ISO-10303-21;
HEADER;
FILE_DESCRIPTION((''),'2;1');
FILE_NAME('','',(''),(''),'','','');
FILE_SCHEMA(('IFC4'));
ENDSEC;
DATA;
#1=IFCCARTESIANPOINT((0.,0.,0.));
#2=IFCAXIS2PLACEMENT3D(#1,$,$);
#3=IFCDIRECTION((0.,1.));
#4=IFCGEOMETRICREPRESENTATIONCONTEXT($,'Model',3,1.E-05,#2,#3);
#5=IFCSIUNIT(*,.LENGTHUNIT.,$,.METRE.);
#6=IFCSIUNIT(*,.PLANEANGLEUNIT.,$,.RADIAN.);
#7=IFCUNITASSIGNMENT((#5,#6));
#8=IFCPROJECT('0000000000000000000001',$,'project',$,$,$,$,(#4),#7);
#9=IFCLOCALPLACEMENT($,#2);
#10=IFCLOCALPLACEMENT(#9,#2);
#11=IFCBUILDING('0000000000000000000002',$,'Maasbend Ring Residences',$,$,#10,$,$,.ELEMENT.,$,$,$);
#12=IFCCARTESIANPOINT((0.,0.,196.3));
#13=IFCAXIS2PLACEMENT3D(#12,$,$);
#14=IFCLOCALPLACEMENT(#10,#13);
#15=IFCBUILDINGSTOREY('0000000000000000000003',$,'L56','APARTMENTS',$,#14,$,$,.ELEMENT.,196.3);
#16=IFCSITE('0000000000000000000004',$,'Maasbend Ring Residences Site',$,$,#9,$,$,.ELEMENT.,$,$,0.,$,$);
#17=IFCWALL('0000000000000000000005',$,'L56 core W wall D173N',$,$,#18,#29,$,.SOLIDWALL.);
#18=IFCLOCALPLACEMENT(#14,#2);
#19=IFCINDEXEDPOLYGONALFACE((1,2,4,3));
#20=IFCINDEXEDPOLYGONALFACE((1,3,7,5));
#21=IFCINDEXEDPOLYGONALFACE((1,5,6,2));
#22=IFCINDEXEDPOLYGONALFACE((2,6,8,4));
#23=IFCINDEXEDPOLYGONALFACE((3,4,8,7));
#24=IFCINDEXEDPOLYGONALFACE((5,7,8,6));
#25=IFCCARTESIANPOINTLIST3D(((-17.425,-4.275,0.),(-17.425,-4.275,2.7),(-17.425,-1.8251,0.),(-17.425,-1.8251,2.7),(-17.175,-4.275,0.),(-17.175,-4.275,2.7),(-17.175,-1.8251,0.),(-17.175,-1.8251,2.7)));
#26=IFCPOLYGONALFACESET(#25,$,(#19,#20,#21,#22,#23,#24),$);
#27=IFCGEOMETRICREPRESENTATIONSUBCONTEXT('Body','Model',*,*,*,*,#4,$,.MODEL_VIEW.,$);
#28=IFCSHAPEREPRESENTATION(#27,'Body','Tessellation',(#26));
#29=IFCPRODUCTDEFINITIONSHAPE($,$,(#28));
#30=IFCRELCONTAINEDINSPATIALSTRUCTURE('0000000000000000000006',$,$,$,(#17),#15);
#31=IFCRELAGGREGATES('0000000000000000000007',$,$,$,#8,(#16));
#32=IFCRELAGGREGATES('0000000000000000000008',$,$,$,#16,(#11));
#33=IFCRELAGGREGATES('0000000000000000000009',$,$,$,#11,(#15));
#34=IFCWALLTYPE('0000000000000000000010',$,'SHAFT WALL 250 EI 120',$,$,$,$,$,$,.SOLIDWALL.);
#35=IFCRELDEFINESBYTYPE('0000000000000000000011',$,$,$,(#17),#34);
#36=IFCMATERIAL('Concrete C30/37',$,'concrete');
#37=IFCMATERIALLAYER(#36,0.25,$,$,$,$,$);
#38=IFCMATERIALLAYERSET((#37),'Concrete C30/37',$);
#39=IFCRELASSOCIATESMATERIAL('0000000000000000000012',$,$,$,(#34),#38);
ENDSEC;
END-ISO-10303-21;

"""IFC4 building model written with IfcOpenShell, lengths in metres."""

from ifc_helpers import new_model, si_unit, direction, frame, frame_2d, origin, place, context, subcontext, project, spatial, rectangle, extrude, material, layer, layer_set, type_object, element, save


model = new_model("IFC4")

# Units and contexts
model_context = context("Model", 3, precision=1e-05, world=origin(), true_north=direction((0.0, 1.0)))
body_context = subcontext(model_context, "Body", "Model", "MODEL_VIEW")
ifc_project = project(units=[si_unit("LENGTHUNIT", "METRE"), si_unit("PLANEANGLEUNIT", "RADIAN")], contexts=[model_context])

# Site, building, storey
site_placement = place(None, origin())
site = spatial("IfcSite", under=ifc_project, at=site_placement, Name="Maasbend Ring Residences Site", CompositionType="ELEMENT", RefElevation=0.0)
building_placement = place(site_placement, origin())
building = spatial("IfcBuilding", under=site, at=building_placement, Name="Maasbend Ring Residences", CompositionType="ELEMENT")
storey_placement = place(building_placement, frame((0.0, 0.0, 196.3)))
storey = spatial("IfcBuildingStorey", under=building, at=storey_placement, Name="L56", Description="APARTMENTS", CompositionType="ELEMENT", Elevation=196.3)

# Wall
ifc_material_1 = material(Name="Concrete C30/37", Category="concrete")
ifc_layer_1 = layer(ifc_material_1, 0.25)
ifc_layer_set_1 = layer_set([ifc_layer_1], Name="Concrete C30/37")
wall_type_1 = type_object("IfcWallType", Name="SHAFT WALL 250 EI 120", PredefinedType="SOLIDWALL", material=ifc_layer_set_1)
wall_1_placement = place(storey_placement, frame((-17.3, -1.825, 0.0), z_axis=(0.0, 0.0, 1.0), x_axis=(0.0, -1.0, 0.0)))
element("IfcWall", 1, at=wall_1_placement, inside=storey, type_object=wall_type_1, Name="L56 core W wall D173N", PredefinedType="SOLIDWALL", context=body_context, shape_type="SweptSolid", body=[
    extrude(rectangle(XDim=2.45, YDim=0.25, at=frame_2d((1.2251, 0.0))), origin(), (0.0, 0.0, 1.0), 2.7),
])

save(model, "model.ifc")
